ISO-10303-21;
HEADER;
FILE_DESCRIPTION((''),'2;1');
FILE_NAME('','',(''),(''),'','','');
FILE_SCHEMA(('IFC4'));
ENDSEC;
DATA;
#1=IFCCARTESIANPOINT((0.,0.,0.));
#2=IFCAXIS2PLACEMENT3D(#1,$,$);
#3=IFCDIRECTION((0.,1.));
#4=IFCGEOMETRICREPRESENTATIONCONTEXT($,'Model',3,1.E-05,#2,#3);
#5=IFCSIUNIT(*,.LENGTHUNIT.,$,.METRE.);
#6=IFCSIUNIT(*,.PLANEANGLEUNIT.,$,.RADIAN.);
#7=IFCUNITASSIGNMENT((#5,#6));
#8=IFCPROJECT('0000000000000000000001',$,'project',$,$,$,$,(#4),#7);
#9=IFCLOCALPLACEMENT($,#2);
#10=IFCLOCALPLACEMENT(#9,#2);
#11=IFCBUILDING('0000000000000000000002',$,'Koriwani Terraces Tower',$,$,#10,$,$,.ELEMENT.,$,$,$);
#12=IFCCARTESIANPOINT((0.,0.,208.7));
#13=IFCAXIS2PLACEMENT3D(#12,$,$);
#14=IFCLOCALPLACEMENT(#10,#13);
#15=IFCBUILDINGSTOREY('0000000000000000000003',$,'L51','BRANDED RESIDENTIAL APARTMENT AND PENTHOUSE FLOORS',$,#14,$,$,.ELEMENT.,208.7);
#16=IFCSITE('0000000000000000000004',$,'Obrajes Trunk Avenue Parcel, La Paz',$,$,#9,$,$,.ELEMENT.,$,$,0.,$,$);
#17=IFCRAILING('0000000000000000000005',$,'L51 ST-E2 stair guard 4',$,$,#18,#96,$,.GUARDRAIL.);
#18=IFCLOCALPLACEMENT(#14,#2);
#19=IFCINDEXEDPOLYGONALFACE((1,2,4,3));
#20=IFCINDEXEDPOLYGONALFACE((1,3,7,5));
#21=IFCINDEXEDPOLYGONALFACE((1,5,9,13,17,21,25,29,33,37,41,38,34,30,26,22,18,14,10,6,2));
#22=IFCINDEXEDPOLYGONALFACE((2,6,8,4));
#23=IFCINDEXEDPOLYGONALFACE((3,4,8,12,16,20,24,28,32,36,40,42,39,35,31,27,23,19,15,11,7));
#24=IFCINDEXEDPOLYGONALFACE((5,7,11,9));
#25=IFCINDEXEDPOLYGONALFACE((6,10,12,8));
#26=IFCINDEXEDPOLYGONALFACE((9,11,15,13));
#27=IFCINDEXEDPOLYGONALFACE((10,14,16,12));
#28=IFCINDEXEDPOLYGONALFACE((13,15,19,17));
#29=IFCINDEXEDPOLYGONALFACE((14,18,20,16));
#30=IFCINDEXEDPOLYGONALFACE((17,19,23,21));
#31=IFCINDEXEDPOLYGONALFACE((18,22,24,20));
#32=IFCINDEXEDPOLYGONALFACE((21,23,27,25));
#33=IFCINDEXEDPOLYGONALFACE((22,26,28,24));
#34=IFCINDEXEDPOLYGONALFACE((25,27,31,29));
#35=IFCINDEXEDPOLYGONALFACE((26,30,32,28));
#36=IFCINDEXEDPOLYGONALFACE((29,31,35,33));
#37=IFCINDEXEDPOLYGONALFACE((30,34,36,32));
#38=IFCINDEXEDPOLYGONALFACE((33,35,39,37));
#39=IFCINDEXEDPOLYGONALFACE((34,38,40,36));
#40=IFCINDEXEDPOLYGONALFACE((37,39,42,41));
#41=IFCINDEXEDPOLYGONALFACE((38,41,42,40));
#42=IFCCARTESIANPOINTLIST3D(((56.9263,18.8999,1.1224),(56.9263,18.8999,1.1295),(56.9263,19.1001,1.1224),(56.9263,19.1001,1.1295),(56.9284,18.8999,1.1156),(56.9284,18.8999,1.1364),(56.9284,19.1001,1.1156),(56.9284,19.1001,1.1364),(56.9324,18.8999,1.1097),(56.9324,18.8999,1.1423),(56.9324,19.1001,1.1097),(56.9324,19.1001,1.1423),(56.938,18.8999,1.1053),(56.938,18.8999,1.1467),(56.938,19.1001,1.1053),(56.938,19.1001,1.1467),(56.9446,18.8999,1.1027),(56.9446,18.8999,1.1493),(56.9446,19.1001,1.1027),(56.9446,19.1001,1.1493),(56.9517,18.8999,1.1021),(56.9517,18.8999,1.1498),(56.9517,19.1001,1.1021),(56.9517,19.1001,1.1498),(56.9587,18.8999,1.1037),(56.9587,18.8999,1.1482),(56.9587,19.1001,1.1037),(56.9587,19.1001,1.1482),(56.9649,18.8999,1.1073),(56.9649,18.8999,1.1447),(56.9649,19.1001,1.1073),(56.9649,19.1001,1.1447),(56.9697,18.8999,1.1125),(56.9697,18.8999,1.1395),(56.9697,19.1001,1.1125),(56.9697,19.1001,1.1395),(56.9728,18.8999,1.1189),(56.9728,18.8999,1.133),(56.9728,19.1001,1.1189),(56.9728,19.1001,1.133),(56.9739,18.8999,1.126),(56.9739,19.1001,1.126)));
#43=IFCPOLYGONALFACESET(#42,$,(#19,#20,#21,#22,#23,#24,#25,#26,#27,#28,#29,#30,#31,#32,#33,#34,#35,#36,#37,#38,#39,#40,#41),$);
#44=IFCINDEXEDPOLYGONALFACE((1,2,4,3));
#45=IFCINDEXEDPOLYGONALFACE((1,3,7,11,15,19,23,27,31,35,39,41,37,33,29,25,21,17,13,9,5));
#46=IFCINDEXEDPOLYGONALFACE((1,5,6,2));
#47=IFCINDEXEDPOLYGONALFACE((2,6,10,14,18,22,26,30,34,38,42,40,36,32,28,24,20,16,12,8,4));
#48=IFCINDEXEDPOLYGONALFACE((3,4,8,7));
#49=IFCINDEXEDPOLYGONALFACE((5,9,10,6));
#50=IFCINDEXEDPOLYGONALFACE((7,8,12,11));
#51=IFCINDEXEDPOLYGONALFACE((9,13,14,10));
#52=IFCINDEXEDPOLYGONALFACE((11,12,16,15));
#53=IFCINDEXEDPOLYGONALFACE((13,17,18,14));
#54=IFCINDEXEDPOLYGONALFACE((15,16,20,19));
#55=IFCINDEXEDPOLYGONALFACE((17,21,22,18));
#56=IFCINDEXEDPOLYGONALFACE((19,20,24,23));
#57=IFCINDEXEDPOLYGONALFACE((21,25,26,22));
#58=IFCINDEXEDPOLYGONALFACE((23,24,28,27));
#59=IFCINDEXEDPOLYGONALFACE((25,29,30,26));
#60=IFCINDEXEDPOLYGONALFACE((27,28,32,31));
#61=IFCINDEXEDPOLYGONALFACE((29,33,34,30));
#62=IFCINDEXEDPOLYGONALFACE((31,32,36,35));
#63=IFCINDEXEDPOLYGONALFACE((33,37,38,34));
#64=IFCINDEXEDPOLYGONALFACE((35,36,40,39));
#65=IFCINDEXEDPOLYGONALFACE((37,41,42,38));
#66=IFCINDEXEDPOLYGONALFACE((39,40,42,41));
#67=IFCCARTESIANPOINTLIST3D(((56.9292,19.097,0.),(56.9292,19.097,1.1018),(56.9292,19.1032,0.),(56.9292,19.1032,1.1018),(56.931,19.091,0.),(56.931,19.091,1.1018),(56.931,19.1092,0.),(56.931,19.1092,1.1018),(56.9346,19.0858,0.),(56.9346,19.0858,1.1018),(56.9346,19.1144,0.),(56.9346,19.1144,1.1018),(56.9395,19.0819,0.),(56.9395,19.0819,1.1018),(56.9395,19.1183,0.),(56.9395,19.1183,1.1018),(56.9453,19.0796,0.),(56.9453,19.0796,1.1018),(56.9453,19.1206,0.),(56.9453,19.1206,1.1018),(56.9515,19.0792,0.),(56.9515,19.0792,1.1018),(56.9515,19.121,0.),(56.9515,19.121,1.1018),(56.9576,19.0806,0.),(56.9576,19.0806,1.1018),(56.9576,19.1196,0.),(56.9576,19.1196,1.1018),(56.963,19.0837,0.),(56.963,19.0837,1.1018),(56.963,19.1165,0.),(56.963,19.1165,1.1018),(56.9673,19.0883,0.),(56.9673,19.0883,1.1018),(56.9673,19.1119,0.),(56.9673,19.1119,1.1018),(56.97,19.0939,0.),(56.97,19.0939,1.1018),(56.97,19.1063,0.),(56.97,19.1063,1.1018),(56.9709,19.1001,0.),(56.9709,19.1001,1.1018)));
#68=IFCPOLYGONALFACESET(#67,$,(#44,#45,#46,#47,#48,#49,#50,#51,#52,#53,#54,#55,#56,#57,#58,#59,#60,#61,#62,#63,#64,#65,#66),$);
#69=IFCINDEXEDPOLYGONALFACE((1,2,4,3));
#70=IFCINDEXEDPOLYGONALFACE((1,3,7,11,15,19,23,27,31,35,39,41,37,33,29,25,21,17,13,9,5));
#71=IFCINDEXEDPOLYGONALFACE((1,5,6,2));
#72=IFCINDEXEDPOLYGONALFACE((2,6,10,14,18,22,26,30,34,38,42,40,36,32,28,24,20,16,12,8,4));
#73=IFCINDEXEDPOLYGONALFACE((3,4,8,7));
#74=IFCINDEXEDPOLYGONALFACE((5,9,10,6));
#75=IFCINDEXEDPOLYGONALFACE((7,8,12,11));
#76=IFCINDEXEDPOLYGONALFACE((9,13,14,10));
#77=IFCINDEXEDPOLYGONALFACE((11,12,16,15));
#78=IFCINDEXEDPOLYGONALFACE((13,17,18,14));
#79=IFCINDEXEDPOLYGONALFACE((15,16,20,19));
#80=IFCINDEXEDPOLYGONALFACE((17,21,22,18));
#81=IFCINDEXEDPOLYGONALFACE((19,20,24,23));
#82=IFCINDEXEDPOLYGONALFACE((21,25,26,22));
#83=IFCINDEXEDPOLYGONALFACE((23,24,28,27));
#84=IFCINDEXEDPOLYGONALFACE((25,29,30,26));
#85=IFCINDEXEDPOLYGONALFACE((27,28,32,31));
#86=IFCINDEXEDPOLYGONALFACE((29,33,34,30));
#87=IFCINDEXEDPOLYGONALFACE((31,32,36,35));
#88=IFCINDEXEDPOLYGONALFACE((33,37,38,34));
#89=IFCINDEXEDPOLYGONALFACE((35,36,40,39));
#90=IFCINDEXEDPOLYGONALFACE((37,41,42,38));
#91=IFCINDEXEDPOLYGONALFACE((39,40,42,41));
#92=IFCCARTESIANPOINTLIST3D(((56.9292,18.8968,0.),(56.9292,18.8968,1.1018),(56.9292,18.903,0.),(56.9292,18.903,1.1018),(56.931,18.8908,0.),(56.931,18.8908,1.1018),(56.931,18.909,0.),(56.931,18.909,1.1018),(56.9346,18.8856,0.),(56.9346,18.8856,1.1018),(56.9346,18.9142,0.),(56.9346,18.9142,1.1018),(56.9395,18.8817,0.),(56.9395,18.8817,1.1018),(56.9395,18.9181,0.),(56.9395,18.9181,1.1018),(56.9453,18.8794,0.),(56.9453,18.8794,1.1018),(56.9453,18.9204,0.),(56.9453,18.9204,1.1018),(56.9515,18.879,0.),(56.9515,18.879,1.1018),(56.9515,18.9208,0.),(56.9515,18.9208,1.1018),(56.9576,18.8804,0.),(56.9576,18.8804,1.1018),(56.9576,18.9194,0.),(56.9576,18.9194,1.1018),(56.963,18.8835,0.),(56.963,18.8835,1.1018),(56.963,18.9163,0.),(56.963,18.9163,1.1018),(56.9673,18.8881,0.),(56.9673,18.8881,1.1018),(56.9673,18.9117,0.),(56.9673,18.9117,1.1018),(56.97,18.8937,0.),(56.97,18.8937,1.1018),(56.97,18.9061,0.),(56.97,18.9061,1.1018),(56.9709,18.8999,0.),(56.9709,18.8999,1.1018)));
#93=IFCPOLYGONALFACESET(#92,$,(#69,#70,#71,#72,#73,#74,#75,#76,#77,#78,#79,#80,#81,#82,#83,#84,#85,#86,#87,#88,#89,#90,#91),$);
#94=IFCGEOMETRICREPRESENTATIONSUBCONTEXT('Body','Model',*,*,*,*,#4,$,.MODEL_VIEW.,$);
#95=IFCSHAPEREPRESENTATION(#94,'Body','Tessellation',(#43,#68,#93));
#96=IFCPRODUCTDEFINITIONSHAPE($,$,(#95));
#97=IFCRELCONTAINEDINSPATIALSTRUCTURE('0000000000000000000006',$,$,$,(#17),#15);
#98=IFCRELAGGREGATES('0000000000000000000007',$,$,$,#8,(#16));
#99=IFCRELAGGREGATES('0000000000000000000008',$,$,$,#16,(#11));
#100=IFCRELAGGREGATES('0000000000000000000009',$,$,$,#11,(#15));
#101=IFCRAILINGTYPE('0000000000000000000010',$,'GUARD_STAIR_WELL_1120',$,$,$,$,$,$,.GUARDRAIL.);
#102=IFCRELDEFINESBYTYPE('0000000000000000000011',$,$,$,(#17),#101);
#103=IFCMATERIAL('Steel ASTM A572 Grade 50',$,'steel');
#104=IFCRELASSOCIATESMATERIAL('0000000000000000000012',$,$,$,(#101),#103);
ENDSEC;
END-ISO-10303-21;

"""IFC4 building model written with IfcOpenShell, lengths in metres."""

from ifc_helpers import new_model, si_unit, direction, frame, origin, origin_2d, place, context, subcontext, project, spatial, circle, extrude, material, type_object, element, save


model = new_model("IFC4")

# Units and contexts
model_context = context("Model", 3, precision=1e-05, world=origin(), true_north=direction((0.0, 1.0)))
body_context = subcontext(model_context, "Body", "Model", "MODEL_VIEW")
ifc_project = project(units=[si_unit("LENGTHUNIT", "METRE"), si_unit("PLANEANGLEUNIT", "RADIAN")], contexts=[model_context])

# Site, building, storey
site_placement = place(None, origin())
site = spatial("IfcSite", under=ifc_project, at=site_placement, Name="Obrajes Trunk Avenue Parcel, La Paz", CompositionType="ELEMENT", RefElevation=0.0)
building_placement = place(site_placement, origin())
building = spatial("IfcBuilding", under=site, at=building_placement, Name="Koriwani Terraces Tower", CompositionType="ELEMENT")
storey_placement = place(building_placement, frame((0.0, 0.0, 208.7)))
storey = spatial("IfcBuildingStorey", under=building, at=storey_placement, Name="L51", Description="BRANDED RESIDENTIAL APARTMENT AND PENTHOUSE FLOORS", CompositionType="ELEMENT", Elevation=208.7)

# Shared definitions
ifc_material_1 = material(Name="Steel ASTM A572 Grade 50", Category="steel")

# Railing
railing_type_1 = type_object("IfcRailingType", Name="GUARD_STAIR_WELL_1120", PredefinedType="GUARDRAIL", material=ifc_material_1)
railing_1_placement = place(storey_placement, frame((56.95, 19.1001, 0.0)))
element("IfcRailing", 1, at=railing_1_placement, inside=storey, type_object=railing_type_1, Name="L51 ST-E2 stair guard 4", PredefinedType="GUARDRAIL", context=body_context, shape_type="SweptSolid", body=[
    extrude(circle(Radius=0.0239, at=origin_2d()), frame((0.0, 0.0, 1.126), z_axis=(0.0, -1.0, 0.0), x_axis=(1.0, 0.0, 0.0)), (0.0, 0.0, 1.0), 0.2002),
    extrude(circle(Radius=0.021, at=origin_2d()), origin(), (0.0, 0.0, 1.0), 1.1018),
    extrude(circle(Radius=0.021, at=origin_2d()), frame((0.0, -0.2002, 0.0)), (0.0, 0.0, 1.0), 1.1018),
])

save(model, "model.ifc")
